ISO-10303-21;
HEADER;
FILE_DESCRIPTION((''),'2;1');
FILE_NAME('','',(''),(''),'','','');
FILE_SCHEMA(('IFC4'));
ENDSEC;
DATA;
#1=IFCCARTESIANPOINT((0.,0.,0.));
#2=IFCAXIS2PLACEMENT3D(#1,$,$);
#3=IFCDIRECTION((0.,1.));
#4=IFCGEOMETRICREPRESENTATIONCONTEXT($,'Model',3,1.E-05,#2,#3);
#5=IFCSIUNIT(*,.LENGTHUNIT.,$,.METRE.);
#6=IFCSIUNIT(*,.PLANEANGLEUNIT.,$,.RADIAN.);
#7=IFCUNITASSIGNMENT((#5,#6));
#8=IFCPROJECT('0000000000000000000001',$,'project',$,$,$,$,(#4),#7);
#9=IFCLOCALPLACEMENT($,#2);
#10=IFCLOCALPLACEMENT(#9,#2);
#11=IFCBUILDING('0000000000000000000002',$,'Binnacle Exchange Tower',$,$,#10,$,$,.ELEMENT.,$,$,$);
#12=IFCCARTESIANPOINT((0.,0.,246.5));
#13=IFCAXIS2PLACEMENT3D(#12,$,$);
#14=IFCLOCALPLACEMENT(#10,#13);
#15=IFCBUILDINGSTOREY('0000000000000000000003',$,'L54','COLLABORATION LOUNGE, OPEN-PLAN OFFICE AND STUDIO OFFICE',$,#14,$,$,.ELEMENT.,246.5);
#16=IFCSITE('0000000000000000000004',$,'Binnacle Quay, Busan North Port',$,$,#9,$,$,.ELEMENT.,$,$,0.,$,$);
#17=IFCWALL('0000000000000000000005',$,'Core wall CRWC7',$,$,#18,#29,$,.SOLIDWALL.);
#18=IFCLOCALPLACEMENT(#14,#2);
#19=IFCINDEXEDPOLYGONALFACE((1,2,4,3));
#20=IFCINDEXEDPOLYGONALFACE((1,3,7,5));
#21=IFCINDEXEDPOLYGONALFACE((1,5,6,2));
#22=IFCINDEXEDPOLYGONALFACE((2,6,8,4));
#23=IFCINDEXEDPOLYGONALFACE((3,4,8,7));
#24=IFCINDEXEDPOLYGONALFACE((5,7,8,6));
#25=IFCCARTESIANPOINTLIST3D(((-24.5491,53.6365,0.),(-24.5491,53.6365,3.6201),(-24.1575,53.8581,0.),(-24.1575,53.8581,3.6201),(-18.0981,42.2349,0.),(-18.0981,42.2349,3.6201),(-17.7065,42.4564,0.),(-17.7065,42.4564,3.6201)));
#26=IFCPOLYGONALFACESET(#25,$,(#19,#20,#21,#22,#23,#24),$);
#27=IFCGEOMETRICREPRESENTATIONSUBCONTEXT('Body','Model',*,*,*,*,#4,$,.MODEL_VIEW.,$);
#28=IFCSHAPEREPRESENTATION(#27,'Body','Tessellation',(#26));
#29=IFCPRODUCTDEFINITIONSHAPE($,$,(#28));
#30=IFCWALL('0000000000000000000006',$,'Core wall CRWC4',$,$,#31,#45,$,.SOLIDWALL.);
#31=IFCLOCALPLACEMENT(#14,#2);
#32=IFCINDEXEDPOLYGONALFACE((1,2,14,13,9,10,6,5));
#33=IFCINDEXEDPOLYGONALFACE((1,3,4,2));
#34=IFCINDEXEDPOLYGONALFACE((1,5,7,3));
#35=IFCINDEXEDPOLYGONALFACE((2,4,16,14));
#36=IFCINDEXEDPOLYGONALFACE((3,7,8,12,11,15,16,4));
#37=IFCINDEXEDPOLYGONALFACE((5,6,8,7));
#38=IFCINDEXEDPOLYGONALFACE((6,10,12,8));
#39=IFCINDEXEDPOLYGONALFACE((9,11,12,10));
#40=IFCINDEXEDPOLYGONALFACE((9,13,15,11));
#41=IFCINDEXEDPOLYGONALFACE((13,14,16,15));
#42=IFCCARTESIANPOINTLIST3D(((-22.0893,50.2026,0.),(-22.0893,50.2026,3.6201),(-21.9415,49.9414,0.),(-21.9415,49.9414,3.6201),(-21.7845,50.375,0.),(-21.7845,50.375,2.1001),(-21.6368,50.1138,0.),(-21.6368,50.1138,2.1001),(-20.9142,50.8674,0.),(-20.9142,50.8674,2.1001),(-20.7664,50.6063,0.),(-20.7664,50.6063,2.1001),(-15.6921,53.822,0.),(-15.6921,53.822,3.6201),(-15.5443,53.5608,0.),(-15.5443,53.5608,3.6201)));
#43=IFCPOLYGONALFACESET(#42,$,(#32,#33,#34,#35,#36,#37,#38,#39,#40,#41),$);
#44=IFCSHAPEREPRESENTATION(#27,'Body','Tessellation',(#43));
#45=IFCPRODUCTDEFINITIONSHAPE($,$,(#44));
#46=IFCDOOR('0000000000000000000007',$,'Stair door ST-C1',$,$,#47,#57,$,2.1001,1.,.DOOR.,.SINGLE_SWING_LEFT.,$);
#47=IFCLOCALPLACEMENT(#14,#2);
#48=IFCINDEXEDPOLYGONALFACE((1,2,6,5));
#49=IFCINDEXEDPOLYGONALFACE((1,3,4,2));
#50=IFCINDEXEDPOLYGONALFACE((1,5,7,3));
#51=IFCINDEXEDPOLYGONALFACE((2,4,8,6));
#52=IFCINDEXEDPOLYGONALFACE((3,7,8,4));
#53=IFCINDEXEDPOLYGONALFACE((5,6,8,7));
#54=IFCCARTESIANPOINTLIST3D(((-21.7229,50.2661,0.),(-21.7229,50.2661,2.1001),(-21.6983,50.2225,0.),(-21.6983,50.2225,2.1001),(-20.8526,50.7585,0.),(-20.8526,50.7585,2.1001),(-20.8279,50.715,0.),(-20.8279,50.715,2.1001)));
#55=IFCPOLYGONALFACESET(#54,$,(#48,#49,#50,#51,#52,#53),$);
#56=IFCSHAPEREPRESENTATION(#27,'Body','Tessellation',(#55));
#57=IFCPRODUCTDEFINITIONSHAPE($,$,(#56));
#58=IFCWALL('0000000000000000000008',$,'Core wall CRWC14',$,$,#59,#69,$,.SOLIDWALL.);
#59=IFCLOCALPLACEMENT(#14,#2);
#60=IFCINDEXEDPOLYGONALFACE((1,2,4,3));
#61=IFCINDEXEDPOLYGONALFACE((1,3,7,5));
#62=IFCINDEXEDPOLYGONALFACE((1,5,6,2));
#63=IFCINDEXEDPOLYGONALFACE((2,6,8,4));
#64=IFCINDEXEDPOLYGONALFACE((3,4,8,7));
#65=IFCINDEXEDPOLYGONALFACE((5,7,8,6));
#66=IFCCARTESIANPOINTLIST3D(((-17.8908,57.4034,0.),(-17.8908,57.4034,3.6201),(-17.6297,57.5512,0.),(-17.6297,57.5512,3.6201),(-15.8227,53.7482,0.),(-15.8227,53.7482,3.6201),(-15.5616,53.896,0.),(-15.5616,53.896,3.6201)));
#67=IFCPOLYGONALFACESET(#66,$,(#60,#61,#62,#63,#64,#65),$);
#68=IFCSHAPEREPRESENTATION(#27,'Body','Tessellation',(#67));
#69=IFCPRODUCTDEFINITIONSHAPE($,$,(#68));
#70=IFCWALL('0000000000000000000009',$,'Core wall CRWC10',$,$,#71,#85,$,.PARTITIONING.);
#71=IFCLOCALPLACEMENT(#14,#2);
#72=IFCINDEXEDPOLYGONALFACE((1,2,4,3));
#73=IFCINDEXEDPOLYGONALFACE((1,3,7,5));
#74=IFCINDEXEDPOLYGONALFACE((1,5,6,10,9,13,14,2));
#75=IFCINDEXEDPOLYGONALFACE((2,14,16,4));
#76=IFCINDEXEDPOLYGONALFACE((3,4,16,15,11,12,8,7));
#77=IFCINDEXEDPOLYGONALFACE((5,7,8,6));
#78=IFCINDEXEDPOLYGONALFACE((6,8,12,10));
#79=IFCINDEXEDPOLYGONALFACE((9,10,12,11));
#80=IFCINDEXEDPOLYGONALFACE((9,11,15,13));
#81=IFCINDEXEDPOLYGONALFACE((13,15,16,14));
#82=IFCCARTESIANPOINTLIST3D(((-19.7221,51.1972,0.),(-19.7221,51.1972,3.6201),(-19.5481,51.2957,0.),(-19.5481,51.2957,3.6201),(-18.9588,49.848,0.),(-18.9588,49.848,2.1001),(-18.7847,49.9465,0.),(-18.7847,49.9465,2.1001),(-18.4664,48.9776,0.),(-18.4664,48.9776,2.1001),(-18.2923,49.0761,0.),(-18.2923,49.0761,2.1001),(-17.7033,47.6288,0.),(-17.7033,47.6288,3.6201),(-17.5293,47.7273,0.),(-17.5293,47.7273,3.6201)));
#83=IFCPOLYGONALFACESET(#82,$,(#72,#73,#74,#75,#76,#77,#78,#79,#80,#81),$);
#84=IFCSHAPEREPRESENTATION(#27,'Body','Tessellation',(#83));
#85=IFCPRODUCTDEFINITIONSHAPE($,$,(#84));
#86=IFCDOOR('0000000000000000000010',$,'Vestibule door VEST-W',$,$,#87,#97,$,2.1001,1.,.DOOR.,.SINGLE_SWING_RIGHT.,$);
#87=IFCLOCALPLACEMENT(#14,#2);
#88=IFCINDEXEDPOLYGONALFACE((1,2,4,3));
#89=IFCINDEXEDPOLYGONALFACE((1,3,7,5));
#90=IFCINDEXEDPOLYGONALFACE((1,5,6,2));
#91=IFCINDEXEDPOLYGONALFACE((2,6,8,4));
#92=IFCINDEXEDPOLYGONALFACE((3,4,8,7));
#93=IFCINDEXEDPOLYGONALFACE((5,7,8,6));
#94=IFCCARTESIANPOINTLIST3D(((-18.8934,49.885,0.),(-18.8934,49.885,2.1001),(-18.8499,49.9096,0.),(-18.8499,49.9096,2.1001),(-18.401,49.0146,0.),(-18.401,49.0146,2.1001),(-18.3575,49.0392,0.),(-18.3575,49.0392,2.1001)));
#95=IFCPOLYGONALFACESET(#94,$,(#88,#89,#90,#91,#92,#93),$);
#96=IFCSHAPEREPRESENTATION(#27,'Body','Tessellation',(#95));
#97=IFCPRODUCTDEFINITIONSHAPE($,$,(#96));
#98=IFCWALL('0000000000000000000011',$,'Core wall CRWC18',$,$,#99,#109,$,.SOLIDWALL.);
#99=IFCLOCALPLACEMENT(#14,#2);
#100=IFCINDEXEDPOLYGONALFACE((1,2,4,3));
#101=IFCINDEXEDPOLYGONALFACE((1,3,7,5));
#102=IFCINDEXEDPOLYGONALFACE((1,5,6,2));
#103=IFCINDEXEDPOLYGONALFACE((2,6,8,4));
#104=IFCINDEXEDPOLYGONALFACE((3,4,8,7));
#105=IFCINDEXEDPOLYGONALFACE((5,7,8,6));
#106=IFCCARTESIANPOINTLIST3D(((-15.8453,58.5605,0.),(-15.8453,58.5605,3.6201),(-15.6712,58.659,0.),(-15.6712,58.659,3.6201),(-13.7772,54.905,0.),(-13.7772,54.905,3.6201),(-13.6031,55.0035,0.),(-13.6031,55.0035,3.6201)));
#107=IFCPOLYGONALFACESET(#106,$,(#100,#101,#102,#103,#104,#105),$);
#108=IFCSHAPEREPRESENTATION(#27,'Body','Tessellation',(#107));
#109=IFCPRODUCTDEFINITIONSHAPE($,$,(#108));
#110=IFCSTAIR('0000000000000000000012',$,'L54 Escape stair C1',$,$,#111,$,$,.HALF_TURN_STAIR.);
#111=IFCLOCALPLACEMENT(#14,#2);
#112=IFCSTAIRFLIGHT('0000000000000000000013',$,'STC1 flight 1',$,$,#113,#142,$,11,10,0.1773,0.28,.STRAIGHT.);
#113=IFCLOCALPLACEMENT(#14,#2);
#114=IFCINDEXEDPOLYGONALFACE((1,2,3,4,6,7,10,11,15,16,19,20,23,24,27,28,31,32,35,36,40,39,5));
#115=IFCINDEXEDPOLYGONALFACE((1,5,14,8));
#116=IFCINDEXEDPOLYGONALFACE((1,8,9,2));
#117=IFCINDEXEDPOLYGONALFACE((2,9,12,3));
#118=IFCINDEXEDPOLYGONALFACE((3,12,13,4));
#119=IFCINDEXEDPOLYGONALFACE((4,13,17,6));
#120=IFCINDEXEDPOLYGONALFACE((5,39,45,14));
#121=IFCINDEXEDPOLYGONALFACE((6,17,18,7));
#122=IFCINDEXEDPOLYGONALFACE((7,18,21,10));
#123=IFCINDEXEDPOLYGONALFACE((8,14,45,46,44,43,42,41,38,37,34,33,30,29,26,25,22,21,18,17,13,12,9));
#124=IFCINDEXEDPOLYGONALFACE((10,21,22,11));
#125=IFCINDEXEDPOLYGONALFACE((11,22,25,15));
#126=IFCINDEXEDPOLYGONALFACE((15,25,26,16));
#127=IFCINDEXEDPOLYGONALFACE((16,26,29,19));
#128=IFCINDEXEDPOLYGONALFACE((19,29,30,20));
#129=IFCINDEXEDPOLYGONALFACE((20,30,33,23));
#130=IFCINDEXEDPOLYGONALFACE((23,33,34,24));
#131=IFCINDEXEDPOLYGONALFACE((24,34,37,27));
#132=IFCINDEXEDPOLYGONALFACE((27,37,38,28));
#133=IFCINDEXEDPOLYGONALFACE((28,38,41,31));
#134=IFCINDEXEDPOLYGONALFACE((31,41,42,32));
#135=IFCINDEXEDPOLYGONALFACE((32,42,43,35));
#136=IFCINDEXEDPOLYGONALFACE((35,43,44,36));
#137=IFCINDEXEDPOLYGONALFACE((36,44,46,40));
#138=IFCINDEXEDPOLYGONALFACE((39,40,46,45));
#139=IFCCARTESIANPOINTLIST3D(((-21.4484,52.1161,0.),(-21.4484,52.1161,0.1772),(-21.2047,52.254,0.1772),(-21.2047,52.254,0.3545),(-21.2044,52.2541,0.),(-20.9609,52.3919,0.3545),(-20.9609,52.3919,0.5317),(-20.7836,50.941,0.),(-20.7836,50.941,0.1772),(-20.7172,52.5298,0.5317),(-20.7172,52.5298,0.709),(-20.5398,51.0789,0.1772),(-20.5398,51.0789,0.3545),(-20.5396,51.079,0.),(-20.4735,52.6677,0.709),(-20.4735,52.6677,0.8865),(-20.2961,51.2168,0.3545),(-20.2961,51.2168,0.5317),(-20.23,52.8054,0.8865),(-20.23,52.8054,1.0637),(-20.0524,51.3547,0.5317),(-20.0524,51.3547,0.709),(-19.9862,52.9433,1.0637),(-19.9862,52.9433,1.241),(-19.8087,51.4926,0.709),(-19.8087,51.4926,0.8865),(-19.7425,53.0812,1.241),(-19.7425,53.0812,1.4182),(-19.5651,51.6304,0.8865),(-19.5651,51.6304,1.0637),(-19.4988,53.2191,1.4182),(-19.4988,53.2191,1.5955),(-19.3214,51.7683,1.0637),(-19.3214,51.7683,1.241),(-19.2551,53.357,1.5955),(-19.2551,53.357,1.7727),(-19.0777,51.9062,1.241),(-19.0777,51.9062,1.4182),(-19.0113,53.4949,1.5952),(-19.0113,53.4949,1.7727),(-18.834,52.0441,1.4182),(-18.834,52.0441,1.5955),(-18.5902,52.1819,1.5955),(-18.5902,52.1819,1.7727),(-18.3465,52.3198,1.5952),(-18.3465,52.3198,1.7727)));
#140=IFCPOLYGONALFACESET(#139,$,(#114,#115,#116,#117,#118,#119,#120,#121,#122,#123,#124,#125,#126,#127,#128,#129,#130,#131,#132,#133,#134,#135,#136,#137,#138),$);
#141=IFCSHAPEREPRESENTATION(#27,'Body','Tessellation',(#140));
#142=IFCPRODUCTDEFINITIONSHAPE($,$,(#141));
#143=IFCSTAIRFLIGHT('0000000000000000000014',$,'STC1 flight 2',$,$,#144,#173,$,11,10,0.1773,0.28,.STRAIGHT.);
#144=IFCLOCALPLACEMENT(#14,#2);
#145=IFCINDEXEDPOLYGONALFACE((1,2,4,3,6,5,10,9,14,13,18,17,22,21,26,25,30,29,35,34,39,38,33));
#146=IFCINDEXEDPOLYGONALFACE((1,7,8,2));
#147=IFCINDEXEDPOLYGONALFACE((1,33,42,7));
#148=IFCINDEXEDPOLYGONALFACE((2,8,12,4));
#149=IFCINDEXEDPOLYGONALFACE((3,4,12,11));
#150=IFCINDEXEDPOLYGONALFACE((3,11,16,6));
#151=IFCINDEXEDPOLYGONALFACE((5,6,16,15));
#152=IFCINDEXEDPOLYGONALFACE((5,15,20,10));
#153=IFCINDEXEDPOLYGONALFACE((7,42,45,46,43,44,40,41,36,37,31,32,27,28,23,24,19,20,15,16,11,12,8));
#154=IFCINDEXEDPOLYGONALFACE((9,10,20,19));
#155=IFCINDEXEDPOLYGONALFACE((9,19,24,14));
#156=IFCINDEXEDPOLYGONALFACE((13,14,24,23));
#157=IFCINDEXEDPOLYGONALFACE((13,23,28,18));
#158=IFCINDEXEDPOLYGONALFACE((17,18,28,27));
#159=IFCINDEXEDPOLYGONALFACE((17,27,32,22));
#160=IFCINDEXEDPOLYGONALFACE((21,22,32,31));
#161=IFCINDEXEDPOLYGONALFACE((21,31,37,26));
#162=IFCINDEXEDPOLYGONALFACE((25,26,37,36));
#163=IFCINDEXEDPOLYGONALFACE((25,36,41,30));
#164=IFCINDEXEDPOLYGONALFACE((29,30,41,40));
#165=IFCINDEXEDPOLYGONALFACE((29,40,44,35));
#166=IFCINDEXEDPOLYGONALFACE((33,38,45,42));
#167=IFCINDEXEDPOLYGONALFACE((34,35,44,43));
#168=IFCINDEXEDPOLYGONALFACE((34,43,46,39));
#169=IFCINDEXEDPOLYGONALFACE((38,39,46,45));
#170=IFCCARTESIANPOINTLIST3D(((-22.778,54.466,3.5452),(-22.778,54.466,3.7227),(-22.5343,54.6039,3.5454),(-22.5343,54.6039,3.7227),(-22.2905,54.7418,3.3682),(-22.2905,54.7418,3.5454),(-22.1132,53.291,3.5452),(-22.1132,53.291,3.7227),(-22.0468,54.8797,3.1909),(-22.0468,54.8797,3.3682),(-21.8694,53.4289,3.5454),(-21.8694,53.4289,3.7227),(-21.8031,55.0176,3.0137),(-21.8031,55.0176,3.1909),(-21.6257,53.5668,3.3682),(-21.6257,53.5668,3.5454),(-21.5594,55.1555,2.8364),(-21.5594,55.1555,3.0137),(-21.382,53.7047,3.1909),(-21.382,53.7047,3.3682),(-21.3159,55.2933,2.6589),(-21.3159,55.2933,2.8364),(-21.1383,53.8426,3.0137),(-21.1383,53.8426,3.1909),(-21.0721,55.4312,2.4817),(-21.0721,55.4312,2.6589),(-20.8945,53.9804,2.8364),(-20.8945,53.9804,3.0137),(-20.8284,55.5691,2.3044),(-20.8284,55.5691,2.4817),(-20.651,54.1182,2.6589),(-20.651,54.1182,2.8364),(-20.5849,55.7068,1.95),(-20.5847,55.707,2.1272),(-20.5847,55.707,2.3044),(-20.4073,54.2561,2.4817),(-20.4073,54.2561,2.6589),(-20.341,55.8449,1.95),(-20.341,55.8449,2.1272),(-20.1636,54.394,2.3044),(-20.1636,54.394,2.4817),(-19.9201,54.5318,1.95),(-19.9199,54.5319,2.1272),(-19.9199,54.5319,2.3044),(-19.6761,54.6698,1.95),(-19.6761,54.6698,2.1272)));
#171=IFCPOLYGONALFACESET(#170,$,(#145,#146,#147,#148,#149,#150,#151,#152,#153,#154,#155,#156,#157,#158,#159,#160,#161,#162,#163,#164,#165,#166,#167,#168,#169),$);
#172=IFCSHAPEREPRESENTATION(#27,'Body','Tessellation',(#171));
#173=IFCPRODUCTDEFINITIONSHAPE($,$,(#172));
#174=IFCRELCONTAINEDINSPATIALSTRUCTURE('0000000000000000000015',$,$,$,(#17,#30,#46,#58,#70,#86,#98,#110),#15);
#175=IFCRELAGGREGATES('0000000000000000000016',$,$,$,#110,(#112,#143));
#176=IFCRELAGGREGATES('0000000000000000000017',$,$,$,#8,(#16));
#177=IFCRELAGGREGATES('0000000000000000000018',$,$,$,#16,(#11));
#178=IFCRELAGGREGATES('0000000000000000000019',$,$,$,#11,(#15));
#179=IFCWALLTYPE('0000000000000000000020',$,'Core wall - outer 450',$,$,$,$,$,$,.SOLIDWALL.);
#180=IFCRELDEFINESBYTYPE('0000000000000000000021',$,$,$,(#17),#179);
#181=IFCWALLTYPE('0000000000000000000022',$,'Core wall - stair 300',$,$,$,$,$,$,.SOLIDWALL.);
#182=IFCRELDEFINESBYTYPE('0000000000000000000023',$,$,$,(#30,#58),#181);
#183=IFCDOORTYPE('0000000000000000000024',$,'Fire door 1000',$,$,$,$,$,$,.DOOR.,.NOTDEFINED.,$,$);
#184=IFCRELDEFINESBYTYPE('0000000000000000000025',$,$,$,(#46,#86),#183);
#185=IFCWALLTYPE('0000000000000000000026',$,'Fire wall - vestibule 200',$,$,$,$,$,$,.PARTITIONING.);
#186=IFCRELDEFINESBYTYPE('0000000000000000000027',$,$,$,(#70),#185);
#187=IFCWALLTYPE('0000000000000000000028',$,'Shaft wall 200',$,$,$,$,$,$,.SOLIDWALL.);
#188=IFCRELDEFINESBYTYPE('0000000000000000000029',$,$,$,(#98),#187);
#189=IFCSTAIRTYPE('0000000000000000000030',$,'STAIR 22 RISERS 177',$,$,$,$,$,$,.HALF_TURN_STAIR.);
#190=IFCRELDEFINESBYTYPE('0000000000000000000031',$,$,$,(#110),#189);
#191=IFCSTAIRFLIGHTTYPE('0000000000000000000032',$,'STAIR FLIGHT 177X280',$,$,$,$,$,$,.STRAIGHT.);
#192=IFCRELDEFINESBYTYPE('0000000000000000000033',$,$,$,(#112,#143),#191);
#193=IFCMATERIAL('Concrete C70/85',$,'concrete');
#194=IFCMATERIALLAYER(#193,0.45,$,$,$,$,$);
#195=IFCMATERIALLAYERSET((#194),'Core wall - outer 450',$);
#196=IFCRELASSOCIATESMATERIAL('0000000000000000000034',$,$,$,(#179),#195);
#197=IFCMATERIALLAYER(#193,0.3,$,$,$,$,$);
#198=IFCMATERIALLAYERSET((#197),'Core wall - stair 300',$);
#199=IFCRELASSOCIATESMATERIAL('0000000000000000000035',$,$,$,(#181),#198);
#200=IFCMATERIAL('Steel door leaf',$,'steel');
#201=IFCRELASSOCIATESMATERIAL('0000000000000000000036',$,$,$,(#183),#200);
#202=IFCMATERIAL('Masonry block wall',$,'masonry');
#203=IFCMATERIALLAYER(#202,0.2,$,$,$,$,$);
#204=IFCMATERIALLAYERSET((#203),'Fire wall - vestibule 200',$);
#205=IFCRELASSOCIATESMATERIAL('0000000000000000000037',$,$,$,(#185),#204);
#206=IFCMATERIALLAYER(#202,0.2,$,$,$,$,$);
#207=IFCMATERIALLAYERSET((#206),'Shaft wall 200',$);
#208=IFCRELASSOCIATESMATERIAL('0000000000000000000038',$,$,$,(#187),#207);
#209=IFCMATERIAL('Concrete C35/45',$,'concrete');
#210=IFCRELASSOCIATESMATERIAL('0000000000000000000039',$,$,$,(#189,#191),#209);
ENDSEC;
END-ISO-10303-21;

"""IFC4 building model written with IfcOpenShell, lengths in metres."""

from ifc_helpers import new_model, si_unit, direction, frame, frame_2d, origin, place, context, subcontext, project, spatial, polyline, rectangle, outline, extrude, material, layer, layer_set, type_object, element, fill, aggregate, save


model = new_model("IFC4")

# Units and contexts
model_context = context("Model", 3, precision=1e-05, world=origin(), true_north=direction((0.0, 1.0)))
body_context = subcontext(model_context, "Body", "Model", "MODEL_VIEW")
ifc_project = project(units=[si_unit("LENGTHUNIT", "METRE"), si_unit("PLANEANGLEUNIT", "RADIAN")], contexts=[model_context])

# Site, building, storey
site_placement = place(None, origin())
site = spatial("IfcSite", under=ifc_project, at=site_placement, Name="Binnacle Quay, Busan North Port", CompositionType="ELEMENT", RefElevation=0.0)
building_placement = place(site_placement, origin())
building = spatial("IfcBuilding", under=site, at=building_placement, Name="Binnacle Exchange Tower", CompositionType="ELEMENT")
storey_placement = place(building_placement, frame((0.0, 0.0, 246.5)))
storey = spatial("IfcBuildingStorey", under=building, at=storey_placement, Name="L54", Description="COLLABORATION LOUNGE, OPEN-PLAN OFFICE AND STUDIO OFFICE", CompositionType="ELEMENT", Elevation=246.5)

# Wall
ifc_material_1 = material(Name="Concrete C70/85", Category="concrete")
ifc_layer_1 = layer(ifc_material_1, 0.45)
ifc_layer_set_1 = layer_set([ifc_layer_1], Name="Core wall - outer 450")
wall_type_1 = type_object("IfcWallType", Name="Core wall - outer 450", PredefinedType="SOLIDWALL", material=ifc_layer_set_1)
wall_1_placement = place(storey_placement, frame((-24.3533, 53.7473, 0.0), z_axis=(0.0, 0.0, 1.0), x_axis=(0.492435, -0.870349, 0.0)))
element("IfcWall", 1, at=wall_1_placement, inside=storey, type_object=wall_type_1, Name="Core wall CRWC7", PredefinedType="SOLIDWALL", context=body_context, shape_type="SweptSolid", body=[
    extrude(rectangle(XDim=13.1001, YDim=0.45, at=frame_2d((6.55, 0.0))), origin(), (0.0, 0.0, 1.0), 3.6201),
])

# Wall, opening, door
ifc_layer_2 = layer(ifc_material_1, 0.3)
ifc_layer_set_2 = layer_set([ifc_layer_2], Name="Core wall - stair 300")
wall_type_2 = type_object("IfcWallType", Name="Core wall - stair 300", PredefinedType="SOLIDWALL", material=ifc_layer_set_2)
wall_2_placement = place(storey_placement, frame((-22.0154, 50.072, 0.0), z_axis=(0.0, 0.0, 1.0), x_axis=(0.870355, 0.492425, 0.0)))
wall_2 = element("IfcWall", 2, at=wall_2_placement, inside=storey, type_object=wall_type_2, Name="Core wall CRWC4", PredefinedType="SOLIDWALL", context=body_context, shape_type="SweptSolid", body=[
    extrude(rectangle(XDim=7.3501, YDim=0.3, at=frame_2d((3.675, 0.0))), origin(), (0.0, 0.0, 1.0), 3.6201),
])
opening_1_placement = place(wall_2_placement, frame((0.3501, 0.0, 0.0)))
opening_1 = element("IfcOpeningElement", 3, at=opening_1_placement, cuts=wall_2, PredefinedType="OPENING", context=body_context, shape_type="SweptSolid", body=[
    extrude(rectangle(XDim=1.0, YDim=2.1001, at=frame_2d((0.5, 1.05))), frame((0.0, 0.1599, 0.0), z_axis=(0.0, -1.0, 0.0), x_axis=(1.0, 0.0, 0.0)), (0.0, 0.0, 1.0), 0.3201),
])
ifc_material_2 = material(Name="Steel door leaf", Category="steel")
door_type = type_object("IfcDoorType", Name="Fire door 1000", OperationType="NOTDEFINED", PredefinedType="DOOR", material=ifc_material_2)
door_1_placement = place(opening_1_placement, origin())
door_1 = element("IfcDoor", 4, at=door_1_placement, inside=storey, type_object=door_type, Name="Stair door ST-C1", OperationType="SINGLE_SWING_LEFT", OverallHeight=2.1001, OverallWidth=1.0, PredefinedType="DOOR", context=body_context, shape_type="SweptSolid", body=[
    extrude(rectangle(XDim=1.0, YDim=2.1001, at=frame_2d((0.5, 1.05))), frame((0.0, 0.0249, 0.0), z_axis=(0.0, -1.0, 0.0), x_axis=(1.0, 0.0, 0.0)), (0.0, 0.0, 1.0), 0.05),
])
fill(opening_1, door_1)

# Wall
wall_3_placement = place(storey_placement, frame((-17.7603, 57.4773, 0.0), z_axis=(0.0, 0.0, 1.0), x_axis=(0.492435, -0.870349, 0.0)))
element("IfcWall", 5, at=wall_3_placement, inside=storey, type_object=wall_type_2, Name="Core wall CRWC14", PredefinedType="SOLIDWALL", context=body_context, shape_type="SweptSolid", body=[
    extrude(rectangle(XDim=4.1997, YDim=0.3, at=frame_2d((2.0999, 0.0))), origin(), (0.0, 0.0, 1.0), 3.6201),
])

# Wall, opening, door
ifc_material_3 = material(Name="Masonry block wall", Category="masonry")
ifc_layer_3 = layer(ifc_material_3, 0.2)
ifc_layer_set_3 = layer_set([ifc_layer_3], Name="Fire wall - vestibule 200")
wall_type_3 = type_object("IfcWallType", Name="Fire wall - vestibule 200", PredefinedType="PARTITIONING", material=ifc_layer_set_3)
wall_4_placement = place(storey_placement, frame((-19.635, 51.2463, 0.0), z_axis=(0.0, 0.0, 1.0), x_axis=(0.492408, -0.870364, 0.0)))
wall_4 = element("IfcWall", 6, at=wall_4_placement, inside=storey, type_object=wall_type_3, Name="Core wall CRWC10", PredefinedType="PARTITIONING", context=body_context, shape_type="SweptSolid", body=[
    extrude(rectangle(XDim=4.0999, YDim=0.2, at=frame_2d((2.0498, 0.0))), origin(), (0.0, 0.0, 1.0), 3.6201),
])
opening_2_placement = place(wall_4_placement, frame((1.55, 0.0, 0.0)))
opening_2 = element("IfcOpeningElement", 7, at=opening_2_placement, cuts=wall_4, PredefinedType="OPENING", context=body_context, shape_type="SweptSolid", body=[
    extrude(rectangle(XDim=1.0, YDim=2.1001, at=frame_2d((0.5, 1.05))), frame((0.0, 0.1099, 0.0), z_axis=(0.0, -1.0, 0.0), x_axis=(1.0, 0.0, 0.0)), (0.0, 0.0, 1.0), 0.22),
])
door_2_placement = place(opening_2_placement, frame((1.0, 0.0, 0.0), z_axis=(0.0, 0.0, 1.0), x_axis=(-1.0, 0.0, 0.0)))
door_2 = element("IfcDoor", 8, at=door_2_placement, inside=storey, type_object=door_type, Name="Vestibule door VEST-W", OperationType="SINGLE_SWING_RIGHT", OverallHeight=2.1001, OverallWidth=1.0, PredefinedType="DOOR", context=body_context, shape_type="SweptSolid", body=[
    extrude(rectangle(XDim=1.0, YDim=2.1001, at=frame_2d((0.5, 1.05))), frame((0.0, 0.0249, 0.0), z_axis=(0.0, -1.0, 0.0), x_axis=(1.0, 0.0, 0.0)), (0.0, 0.0, 1.0), 0.05),
])
fill(opening_2, door_2)

# Wall
ifc_layer_4 = layer(ifc_material_3, 0.2)
ifc_layer_set_4 = layer_set([ifc_layer_4], Name="Shaft wall 200")
wall_type_4 = type_object("IfcWallType", Name="Shaft wall 200", PredefinedType="SOLIDWALL", material=ifc_layer_set_4)
wall_5_placement = place(storey_placement, frame((-15.7583, 58.6099, 0.0), z_axis=(0.0, 0.0, 1.0), x_axis=(0.49241, -0.870364, 0.0)))
element("IfcWall", 9, at=wall_5_placement, inside=storey, type_object=wall_type_4, Name="Core wall CRWC18", PredefinedType="SOLIDWALL", context=body_context, shape_type="SweptSolid", body=[
    extrude(rectangle(XDim=4.2, YDim=0.2, at=frame_2d((2.1001, 0.0))), origin(), (0.0, 0.0, 1.0), 3.6201),
])

# Stair, stair flights
ifc_material_4 = material(Name="Concrete C35/45", Category="concrete")
stair_type = type_object("IfcStairType", Name="STAIR 22 RISERS 177", PredefinedType="HALF_TURN_STAIR", material=ifc_material_4)
stair_placement = place(storey_placement, origin())
stair = element("IfcStair", 10, at=stair_placement, inside=storey, type_object=stair_type, Name="L54 Escape stair C1", PredefinedType="HALF_TURN_STAIR")
stair_flight_type = type_object("IfcStairFlightType", Name="STAIR FLIGHT 177X280", PredefinedType="STRAIGHT", material=ifc_material_4)
stair_flight_1_placement = place(storey_placement, frame((-21.116, 51.5286, 0.0), z_axis=(0.0, 0.0, 1.0), x_axis=(0.870356, 0.492424, 0.0)))
stair_flight_1 = element("IfcStairFlight", 11, at=stair_flight_1_placement, type_object=stair_flight_type, Name="STC1 flight 1", NumberOfRisers=11, NumberOfTreads=10, PredefinedType="STRAIGHT", RiserHeight=0.1773, TreadLength=0.28, context=body_context, shape_type="SweptSolid", body=[
    extrude(outline(polyline([(0.0, 0.0), (0.0, 0.1772), (0.28, 0.1772), (0.28, 0.3545), (0.5601, 0.3545), (0.5601, 0.5317), (0.8401, 0.5317), (0.8401, 0.709), (1.1201, 0.709), (1.1201, 0.8865), (1.3999, 0.8865), (1.3999, 1.0637), (1.6799, 1.0637), (1.6799, 1.241), (1.96, 1.241), (1.96, 1.4182), (2.24, 1.4182), (2.24, 1.5955), (2.52, 1.5955), (2.52, 1.7727), (2.8, 1.7727), (2.8, 1.95), (2.8, 1.5952), (0.2803, 0.0), (0.0, 0.0)])), frame((0.0, 0.675, 0.0), z_axis=(0.0, -1.0, 0.0), x_axis=(1.0, 0.0, 0.0)), (0.0, 0.0, 1.0), 1.3501),
])
stair_flight_2_placement = place(storey_placement, frame((-20.0085, 55.2573, 1.95), z_axis=(0.0, 0.0, 1.0), x_axis=(-0.870356, -0.492424, 0.0)))
stair_flight_2 = element("IfcStairFlight", 12, at=stair_flight_2_placement, type_object=stair_flight_type, Name="STC1 flight 2", NumberOfRisers=11, NumberOfTreads=10, PredefinedType="STRAIGHT", RiserHeight=0.1773, TreadLength=0.28, context=body_context, shape_type="SweptSolid", body=[
    extrude(outline(polyline([(0.0, 0.0), (0.0, 0.1772), (0.28, 0.1772), (0.28, 0.3545), (0.5601, 0.3545), (0.5601, 0.5317), (0.8401, 0.5317), (0.8401, 0.709), (1.1201, 0.709), (1.1201, 0.8865), (1.3999, 0.8865), (1.3999, 1.0637), (1.6799, 1.0637), (1.6799, 1.241), (1.96, 1.241), (1.96, 1.4182), (2.24, 1.4182), (2.24, 1.5955), (2.52, 1.5955), (2.52, 1.7727), (2.8, 1.7727), (2.8, 1.95), (2.8, 1.5952), (0.2803, 0.0), (0.0, 0.0)])), frame((0.0, 0.675, 0.0), z_axis=(0.0, -1.0, 0.0), x_axis=(1.0, 0.0, 0.0)), (0.0, 0.0, 1.0), 1.3501),
])
aggregate(stair, [stair_flight_1, stair_flight_2])

save(model, "model.ifc")
